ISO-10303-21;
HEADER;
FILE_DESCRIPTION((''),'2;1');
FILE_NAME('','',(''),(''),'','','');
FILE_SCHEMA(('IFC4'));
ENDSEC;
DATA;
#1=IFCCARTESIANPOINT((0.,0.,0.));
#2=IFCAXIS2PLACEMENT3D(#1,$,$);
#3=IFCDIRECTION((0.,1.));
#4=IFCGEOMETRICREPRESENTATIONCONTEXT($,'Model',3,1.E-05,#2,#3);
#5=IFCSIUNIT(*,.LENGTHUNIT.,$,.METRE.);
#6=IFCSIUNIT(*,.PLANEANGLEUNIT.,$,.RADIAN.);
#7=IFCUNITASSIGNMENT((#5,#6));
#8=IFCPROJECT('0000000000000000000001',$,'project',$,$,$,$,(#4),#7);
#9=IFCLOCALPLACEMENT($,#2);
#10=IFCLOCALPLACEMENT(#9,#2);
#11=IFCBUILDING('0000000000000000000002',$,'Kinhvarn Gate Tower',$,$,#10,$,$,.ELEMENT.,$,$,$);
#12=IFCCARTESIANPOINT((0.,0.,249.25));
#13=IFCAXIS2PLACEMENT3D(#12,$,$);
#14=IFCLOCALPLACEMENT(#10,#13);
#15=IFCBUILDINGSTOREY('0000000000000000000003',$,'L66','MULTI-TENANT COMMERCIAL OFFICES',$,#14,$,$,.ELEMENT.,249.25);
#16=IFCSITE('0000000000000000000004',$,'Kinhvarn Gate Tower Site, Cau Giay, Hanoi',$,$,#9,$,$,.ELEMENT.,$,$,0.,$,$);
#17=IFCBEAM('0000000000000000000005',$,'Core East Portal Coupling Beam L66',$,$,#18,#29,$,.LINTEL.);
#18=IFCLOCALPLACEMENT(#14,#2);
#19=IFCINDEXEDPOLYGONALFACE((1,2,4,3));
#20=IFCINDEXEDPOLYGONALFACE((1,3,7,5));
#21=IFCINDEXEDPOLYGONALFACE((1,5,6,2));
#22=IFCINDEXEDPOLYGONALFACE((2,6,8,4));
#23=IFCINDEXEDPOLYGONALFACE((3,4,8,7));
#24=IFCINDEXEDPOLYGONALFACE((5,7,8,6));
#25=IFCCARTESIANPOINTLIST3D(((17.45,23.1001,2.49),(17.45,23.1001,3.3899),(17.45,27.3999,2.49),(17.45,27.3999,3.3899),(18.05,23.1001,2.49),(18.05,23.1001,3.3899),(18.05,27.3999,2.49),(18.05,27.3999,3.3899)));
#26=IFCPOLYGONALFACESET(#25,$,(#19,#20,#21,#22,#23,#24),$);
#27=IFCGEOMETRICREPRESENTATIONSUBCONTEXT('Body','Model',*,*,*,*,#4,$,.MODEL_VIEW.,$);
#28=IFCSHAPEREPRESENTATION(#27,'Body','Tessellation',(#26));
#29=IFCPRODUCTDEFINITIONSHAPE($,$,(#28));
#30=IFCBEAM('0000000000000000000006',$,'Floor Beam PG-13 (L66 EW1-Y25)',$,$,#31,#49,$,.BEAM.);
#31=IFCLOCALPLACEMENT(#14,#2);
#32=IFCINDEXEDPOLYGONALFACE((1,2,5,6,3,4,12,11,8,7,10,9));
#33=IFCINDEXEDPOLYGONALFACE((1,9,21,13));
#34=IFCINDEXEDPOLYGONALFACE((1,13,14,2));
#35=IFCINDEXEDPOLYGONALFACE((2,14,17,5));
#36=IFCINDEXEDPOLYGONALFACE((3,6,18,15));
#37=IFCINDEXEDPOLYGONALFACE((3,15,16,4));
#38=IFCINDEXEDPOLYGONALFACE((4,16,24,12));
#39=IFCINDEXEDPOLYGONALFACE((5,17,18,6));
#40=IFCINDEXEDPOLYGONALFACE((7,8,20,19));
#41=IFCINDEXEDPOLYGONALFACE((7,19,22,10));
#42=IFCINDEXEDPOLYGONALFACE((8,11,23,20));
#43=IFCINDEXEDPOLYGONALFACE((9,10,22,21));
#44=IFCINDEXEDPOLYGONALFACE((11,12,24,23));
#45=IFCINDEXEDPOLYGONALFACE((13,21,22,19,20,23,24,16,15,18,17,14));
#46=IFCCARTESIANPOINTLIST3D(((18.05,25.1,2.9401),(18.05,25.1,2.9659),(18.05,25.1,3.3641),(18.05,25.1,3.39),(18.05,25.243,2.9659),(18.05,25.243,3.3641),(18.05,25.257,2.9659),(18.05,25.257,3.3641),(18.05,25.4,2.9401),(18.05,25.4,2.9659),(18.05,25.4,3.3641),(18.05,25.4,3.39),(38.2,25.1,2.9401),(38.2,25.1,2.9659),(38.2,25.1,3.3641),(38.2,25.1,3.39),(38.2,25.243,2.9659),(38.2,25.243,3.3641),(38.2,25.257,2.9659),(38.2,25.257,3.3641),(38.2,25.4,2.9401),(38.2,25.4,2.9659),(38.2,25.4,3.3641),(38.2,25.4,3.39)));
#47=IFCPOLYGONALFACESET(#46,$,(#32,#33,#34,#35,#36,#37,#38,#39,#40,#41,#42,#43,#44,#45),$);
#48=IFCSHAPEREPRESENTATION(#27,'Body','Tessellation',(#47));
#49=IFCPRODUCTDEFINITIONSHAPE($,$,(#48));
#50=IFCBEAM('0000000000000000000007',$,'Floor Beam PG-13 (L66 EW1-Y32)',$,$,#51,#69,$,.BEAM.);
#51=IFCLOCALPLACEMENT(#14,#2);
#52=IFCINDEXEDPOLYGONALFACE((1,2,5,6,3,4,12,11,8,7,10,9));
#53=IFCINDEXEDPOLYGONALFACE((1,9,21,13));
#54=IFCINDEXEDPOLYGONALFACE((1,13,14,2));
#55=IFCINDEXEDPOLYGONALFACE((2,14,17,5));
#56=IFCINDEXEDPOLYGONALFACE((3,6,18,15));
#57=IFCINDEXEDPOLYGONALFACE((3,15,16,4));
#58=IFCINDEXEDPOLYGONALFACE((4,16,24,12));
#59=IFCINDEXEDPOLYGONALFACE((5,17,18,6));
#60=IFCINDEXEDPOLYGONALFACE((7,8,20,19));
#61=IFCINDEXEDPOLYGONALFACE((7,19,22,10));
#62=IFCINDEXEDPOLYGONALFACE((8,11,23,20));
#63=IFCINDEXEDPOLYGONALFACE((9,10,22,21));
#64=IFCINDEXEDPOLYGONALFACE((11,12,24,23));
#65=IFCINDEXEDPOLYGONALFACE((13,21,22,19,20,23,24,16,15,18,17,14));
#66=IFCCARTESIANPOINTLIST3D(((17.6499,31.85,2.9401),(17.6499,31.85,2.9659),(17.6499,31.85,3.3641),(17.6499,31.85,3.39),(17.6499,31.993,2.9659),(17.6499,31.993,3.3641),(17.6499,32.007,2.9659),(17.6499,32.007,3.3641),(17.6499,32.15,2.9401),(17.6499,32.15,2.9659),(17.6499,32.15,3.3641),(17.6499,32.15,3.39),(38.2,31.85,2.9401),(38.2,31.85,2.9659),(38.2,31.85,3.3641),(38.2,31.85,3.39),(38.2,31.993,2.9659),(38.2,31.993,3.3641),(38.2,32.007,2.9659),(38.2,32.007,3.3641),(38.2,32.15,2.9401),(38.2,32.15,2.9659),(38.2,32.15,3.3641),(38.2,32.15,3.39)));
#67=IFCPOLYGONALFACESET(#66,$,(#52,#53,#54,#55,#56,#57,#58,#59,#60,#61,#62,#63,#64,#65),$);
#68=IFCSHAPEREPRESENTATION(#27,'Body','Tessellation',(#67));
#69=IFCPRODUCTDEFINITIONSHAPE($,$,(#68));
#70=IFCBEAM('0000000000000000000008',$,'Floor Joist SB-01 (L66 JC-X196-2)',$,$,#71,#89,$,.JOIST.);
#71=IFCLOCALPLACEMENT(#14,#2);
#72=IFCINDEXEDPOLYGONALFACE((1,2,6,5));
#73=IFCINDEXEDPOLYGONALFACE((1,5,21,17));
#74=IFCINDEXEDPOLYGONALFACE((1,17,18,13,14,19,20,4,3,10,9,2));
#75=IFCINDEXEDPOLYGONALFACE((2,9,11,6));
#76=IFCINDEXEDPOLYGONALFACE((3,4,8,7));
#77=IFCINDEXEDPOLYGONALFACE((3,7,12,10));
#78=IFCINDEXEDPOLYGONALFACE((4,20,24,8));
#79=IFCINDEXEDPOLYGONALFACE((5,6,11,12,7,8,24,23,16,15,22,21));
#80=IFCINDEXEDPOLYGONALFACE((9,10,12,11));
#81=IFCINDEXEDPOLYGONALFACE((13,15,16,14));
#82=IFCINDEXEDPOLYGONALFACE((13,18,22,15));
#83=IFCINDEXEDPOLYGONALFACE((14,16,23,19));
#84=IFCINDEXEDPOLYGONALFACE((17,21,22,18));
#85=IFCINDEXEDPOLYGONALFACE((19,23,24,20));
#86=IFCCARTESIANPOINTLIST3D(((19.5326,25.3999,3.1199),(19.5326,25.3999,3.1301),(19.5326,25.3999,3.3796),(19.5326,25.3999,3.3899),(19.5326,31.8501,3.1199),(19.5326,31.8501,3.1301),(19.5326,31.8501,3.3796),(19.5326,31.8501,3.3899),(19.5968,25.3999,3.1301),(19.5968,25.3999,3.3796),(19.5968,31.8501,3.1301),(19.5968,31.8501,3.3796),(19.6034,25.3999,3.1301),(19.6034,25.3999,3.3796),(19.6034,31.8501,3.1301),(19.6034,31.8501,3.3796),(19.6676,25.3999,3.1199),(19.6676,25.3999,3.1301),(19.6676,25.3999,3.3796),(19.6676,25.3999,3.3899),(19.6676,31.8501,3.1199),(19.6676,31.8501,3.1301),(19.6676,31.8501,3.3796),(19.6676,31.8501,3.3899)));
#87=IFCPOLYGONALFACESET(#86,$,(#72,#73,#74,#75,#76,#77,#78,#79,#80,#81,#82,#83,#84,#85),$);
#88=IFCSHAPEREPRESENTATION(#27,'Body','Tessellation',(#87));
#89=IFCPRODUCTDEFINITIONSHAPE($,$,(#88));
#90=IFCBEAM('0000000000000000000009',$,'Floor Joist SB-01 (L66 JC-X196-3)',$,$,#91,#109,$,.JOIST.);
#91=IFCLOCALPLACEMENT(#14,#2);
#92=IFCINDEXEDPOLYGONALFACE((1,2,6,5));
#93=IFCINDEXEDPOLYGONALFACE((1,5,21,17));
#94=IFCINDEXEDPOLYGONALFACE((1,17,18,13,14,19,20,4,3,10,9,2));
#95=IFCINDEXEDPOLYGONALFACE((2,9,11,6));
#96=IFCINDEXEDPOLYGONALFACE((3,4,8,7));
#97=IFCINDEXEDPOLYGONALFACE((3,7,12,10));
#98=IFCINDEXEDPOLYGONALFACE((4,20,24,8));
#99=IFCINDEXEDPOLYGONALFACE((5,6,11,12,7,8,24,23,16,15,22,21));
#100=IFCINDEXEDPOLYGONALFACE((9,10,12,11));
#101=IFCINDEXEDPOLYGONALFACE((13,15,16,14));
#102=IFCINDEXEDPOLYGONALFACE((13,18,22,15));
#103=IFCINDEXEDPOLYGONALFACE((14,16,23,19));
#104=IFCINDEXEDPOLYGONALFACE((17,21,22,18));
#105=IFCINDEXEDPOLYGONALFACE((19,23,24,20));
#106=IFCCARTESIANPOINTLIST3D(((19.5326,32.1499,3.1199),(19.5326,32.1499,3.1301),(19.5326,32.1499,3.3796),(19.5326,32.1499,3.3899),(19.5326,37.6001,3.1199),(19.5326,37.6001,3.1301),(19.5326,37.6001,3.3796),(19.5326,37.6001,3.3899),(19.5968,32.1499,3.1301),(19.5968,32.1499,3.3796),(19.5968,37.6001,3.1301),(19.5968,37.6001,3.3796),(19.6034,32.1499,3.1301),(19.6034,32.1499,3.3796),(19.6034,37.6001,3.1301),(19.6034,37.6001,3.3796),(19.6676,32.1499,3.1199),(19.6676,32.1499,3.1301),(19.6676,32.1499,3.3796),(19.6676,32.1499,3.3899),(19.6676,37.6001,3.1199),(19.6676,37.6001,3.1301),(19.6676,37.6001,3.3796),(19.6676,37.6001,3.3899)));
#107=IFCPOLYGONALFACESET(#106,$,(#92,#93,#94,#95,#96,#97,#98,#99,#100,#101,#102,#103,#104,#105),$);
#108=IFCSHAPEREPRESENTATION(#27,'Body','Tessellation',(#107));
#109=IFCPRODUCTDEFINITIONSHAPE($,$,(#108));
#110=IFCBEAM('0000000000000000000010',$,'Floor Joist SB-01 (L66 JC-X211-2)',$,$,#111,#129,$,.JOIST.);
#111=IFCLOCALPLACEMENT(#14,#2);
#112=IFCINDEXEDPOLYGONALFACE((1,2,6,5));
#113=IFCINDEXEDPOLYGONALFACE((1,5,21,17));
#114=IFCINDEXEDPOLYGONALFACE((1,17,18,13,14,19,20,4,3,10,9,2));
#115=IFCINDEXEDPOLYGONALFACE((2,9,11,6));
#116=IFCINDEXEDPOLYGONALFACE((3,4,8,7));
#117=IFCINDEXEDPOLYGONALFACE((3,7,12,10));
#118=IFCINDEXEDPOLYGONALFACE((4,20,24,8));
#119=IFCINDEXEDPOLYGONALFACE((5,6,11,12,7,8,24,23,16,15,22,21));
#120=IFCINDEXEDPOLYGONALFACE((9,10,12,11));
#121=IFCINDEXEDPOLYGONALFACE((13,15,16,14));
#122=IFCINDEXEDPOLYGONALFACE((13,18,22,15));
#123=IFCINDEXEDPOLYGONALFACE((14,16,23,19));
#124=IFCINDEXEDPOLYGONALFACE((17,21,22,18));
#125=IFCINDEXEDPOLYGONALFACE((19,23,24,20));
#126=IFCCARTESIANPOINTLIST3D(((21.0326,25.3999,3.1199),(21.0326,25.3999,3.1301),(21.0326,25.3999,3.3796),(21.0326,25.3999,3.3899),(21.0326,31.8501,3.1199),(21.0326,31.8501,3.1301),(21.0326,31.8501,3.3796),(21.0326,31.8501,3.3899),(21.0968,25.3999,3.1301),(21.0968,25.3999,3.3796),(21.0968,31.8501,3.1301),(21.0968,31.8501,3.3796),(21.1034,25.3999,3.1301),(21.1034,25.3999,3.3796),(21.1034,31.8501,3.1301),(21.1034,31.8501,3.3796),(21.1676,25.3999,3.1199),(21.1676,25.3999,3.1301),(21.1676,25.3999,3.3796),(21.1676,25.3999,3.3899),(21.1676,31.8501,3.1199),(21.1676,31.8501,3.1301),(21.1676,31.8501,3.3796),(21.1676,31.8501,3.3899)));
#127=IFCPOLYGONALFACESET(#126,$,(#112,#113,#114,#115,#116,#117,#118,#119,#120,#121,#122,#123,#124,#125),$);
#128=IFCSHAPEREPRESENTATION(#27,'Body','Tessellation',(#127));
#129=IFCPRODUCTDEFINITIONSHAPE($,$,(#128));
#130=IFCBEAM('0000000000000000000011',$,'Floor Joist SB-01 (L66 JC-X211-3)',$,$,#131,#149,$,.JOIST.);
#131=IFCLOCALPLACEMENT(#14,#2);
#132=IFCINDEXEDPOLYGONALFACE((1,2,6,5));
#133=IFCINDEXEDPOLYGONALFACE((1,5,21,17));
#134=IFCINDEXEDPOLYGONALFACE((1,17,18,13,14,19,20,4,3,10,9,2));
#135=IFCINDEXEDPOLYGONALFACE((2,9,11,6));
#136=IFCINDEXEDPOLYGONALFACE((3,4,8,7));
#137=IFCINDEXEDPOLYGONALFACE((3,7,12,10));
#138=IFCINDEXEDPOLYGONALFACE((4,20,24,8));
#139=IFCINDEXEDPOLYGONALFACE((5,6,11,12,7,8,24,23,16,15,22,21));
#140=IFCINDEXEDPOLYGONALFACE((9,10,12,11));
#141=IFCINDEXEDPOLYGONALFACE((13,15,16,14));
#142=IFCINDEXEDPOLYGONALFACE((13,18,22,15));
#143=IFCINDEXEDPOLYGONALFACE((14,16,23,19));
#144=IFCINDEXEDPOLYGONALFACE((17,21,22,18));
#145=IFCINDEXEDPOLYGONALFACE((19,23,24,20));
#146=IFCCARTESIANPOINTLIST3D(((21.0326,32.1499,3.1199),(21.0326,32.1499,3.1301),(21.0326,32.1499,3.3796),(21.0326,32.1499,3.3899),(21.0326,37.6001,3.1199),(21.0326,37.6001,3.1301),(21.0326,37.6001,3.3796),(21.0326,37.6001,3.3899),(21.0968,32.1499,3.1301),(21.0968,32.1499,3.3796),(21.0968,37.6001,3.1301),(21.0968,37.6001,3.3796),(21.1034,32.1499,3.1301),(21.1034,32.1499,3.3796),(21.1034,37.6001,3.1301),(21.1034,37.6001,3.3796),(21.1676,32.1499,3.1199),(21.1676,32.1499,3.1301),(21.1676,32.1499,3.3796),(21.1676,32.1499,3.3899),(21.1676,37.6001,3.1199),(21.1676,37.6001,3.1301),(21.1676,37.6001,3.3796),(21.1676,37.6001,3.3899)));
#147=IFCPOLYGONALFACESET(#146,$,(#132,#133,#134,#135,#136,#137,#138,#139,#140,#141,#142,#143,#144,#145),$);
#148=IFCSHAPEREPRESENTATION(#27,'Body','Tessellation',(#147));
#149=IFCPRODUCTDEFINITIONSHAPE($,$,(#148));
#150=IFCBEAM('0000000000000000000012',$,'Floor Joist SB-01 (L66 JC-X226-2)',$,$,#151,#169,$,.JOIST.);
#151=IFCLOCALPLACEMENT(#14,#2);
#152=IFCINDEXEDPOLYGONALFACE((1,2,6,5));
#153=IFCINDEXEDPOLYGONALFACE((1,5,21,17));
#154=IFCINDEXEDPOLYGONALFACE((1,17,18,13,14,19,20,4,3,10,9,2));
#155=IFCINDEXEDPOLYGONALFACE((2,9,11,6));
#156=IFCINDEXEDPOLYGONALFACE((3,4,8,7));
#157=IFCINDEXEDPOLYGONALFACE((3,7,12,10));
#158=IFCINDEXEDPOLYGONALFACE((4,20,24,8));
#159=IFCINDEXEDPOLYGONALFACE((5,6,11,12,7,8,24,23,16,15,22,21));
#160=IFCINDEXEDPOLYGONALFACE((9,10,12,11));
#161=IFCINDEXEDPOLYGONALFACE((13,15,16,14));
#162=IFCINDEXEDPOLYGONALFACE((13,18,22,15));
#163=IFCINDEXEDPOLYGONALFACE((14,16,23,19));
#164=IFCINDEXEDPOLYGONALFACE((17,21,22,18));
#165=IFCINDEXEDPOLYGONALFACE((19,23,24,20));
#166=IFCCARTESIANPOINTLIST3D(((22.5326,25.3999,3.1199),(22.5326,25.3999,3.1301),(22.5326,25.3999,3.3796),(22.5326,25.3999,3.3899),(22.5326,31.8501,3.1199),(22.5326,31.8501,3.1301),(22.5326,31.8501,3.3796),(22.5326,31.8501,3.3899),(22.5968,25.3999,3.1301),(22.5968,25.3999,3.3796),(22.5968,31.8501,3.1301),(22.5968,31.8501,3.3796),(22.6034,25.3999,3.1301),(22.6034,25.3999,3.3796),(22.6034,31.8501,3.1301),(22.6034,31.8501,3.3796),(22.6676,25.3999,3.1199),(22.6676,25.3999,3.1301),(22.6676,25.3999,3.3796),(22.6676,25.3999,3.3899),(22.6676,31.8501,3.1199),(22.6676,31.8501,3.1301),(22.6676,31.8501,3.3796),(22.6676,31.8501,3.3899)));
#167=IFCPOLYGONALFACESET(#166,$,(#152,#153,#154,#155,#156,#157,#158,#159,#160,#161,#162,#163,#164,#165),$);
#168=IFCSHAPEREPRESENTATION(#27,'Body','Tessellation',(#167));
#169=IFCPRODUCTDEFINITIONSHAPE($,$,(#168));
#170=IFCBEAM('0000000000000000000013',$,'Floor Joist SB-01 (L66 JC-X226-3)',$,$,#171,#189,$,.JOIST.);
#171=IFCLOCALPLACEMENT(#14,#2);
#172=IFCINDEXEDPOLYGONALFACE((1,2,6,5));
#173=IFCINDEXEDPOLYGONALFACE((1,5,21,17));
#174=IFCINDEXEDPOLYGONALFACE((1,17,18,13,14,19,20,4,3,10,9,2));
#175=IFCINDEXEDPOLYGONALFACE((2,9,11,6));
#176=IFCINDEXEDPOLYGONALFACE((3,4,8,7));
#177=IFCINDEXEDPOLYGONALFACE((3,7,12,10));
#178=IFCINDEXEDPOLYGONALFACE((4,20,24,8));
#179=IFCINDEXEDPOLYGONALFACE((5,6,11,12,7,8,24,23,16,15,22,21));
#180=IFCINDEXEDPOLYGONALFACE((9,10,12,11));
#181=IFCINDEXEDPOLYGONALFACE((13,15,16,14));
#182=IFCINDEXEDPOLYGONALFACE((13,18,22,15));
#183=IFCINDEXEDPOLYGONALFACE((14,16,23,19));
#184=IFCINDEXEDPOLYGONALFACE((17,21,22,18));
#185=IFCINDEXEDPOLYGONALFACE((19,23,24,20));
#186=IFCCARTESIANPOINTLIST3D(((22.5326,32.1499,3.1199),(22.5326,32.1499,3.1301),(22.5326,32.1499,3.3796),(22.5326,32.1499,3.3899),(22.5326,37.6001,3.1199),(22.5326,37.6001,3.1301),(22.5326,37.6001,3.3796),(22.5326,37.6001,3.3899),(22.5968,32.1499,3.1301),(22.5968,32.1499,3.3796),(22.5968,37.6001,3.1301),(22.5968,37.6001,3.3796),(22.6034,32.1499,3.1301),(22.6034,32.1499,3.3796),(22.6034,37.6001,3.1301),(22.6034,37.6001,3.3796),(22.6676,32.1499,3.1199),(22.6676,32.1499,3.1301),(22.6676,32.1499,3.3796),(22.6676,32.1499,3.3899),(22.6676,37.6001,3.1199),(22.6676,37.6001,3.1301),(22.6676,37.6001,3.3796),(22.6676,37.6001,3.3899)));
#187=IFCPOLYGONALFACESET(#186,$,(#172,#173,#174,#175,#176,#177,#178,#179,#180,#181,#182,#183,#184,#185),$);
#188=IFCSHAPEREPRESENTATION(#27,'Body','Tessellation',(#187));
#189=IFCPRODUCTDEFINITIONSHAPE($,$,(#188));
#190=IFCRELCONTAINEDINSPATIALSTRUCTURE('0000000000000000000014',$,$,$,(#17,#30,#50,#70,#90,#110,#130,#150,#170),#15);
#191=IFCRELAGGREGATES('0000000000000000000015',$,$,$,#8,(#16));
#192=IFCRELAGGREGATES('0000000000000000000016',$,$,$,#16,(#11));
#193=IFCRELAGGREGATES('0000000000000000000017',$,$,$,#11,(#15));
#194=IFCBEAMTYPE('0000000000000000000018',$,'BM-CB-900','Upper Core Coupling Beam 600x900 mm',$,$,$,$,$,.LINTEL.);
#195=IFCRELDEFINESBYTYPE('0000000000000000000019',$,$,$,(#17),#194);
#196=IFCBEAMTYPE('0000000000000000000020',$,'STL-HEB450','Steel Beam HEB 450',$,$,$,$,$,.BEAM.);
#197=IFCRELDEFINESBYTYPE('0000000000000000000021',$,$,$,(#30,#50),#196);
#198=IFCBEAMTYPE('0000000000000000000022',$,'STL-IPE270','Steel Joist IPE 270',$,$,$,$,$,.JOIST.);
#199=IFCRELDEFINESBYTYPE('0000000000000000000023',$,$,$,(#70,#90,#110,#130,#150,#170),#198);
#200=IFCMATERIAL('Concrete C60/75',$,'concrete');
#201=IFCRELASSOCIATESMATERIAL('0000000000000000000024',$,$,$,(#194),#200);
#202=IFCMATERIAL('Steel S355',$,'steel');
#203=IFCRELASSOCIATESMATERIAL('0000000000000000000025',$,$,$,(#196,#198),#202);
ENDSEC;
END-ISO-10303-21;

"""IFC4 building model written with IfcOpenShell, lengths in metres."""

from ifc_helpers import new_model, si_unit, direction, frame, origin, origin_2d, place, context, subcontext, project, spatial, rectangle, i_section, extrude, material, material_profile, profile_set, type_object, element, save


model = new_model("IFC4")

# Units and contexts
model_context = context("Model", 3, precision=1e-05, world=origin(), true_north=direction((0.0, 1.0)))
body_context = subcontext(model_context, "Body", "Model", "MODEL_VIEW")
ifc_project = project(units=[si_unit("LENGTHUNIT", "METRE"), si_unit("PLANEANGLEUNIT", "RADIAN")], contexts=[model_context])

# Site, building, storey
site_placement = place(None, origin())
site = spatial("IfcSite", under=ifc_project, at=site_placement, Name="Kinhvarn Gate Tower Site, Cau Giay, Hanoi", CompositionType="ELEMENT", RefElevation=0.0)
building_placement = place(site_placement, origin())
building = spatial("IfcBuilding", under=site, at=building_placement, Name="Kinhvarn Gate Tower", CompositionType="ELEMENT")
storey_placement = place(building_placement, frame((0.0, 0.0, 249.25)))
storey = spatial("IfcBuildingStorey", under=building, at=storey_placement, Name="L66", Description="MULTI-TENANT COMMERCIAL OFFICES", CompositionType="ELEMENT", Elevation=249.25)

# Beams
ifc_material_1 = material(Name="Concrete C60/75", Category="concrete")
ifc_material_profile_1 = material_profile(ifc_material_1, rectangle(XDim=0.6001, YDim=0.8999, at=origin_2d()), Name="RC 600x900")
ifc_profile_set_1 = profile_set([ifc_material_profile_1], Name="Concrete C60/75")
beam_type_1 = type_object("IfcBeamType", Name="BM-CB-900", Description="Upper Core Coupling Beam 600x900 mm", PredefinedType="LINTEL", material=ifc_profile_set_1)
beam_1_placement = place(storey_placement, frame((17.75, 23.1001, 2.9399), z_axis=(0.0, 1.0, 0.0), x_axis=(-1.0, 0.0, 0.0)))
element("IfcBeam", 1, at=beam_1_placement, inside=storey, type_object=beam_type_1, Name="Core East Portal Coupling Beam L66", PredefinedType="LINTEL", context=body_context, shape_type="SweptSolid", body=[
    extrude(rectangle(XDim=0.6001, YDim=0.8999, at=origin_2d()), origin(), (0.0, 0.0, 1.0), 4.2998),
])
ifc_material_2 = material(Name="Steel S355", Category="steel")
ifc_material_profile_2 = material_profile(ifc_material_2, i_section(OverallWidth=0.3, OverallDepth=0.45, WebThickness=0.0139, FlangeThickness=0.0259, at=origin_2d()), Name="HEB 450")
ifc_profile_set_2 = profile_set([ifc_material_profile_2], Name="Steel S355")
beam_type_2 = type_object("IfcBeamType", Name="STL-HEB450", Description="Steel Beam HEB 450", PredefinedType="BEAM", material=ifc_profile_set_2)
beam_2_placement = place(storey_placement, frame((18.05, 25.25, 3.165), z_axis=(1.0, 0.0, 0.0), x_axis=(0.0, 1.0, 0.0)))
element("IfcBeam", 2, at=beam_2_placement, inside=storey, type_object=beam_type_2, Name="Floor Beam PG-13 (L66 EW1-Y25)", PredefinedType="BEAM", context=body_context, shape_type="SweptSolid", body=[
    extrude(i_section(OverallWidth=0.3, OverallDepth=0.45, WebThickness=0.0139, FlangeThickness=0.0259, at=origin_2d()), origin(), (0.0, 0.0, 1.0), 20.1499),
])
beam_3_placement = place(storey_placement, frame((17.6499, 32.0, 3.165), z_axis=(1.0, 0.0, 0.0), x_axis=(0.0, 1.0, 0.0)))
element("IfcBeam", 3, at=beam_3_placement, inside=storey, type_object=beam_type_2, Name="Floor Beam PG-13 (L66 EW1-Y32)", PredefinedType="BEAM", context=body_context, shape_type="SweptSolid", body=[
    extrude(i_section(OverallWidth=0.3, OverallDepth=0.45, WebThickness=0.0139, FlangeThickness=0.0259, at=origin_2d()), origin(), (0.0, 0.0, 1.0), 20.55),
])
ifc_material_profile_3 = material_profile(ifc_material_2, i_section(OverallWidth=0.135, OverallDepth=0.27, WebThickness=0.0066, FlangeThickness=0.0103, at=origin_2d()), Name="IPE 270")
ifc_profile_set_3 = profile_set([ifc_material_profile_3], Name="Steel S355")
beam_type_3 = type_object("IfcBeamType", Name="STL-IPE270", Description="Steel Joist IPE 270", PredefinedType="JOIST", material=ifc_profile_set_3)
beam_4_placement = place(storey_placement, frame((19.6001, 25.3999, 3.2549), z_axis=(0.0, 1.0, 0.0), x_axis=(-1.0, 0.0, 0.0)))
element("IfcBeam", 4, at=beam_4_placement, inside=storey, type_object=beam_type_3, Name="Floor Joist SB-01 (L66 JC-X196-2)", PredefinedType="JOIST", context=body_context, shape_type="SweptSolid", body=[
    extrude(i_section(OverallWidth=0.135, OverallDepth=0.27, WebThickness=0.0066, FlangeThickness=0.0103, at=origin_2d()), origin(), (0.0, 0.0, 1.0), 6.4502),
])
beam_5_placement = place(storey_placement, frame((19.6001, 32.1499, 3.2549), z_axis=(0.0, 1.0, 0.0), x_axis=(-1.0, 0.0, 0.0)))
element("IfcBeam", 5, at=beam_5_placement, inside=storey, type_object=beam_type_3, Name="Floor Joist SB-01 (L66 JC-X196-3)", PredefinedType="JOIST", context=body_context, shape_type="SweptSolid", body=[
    extrude(i_section(OverallWidth=0.135, OverallDepth=0.27, WebThickness=0.0066, FlangeThickness=0.0103, at=origin_2d()), origin(), (0.0, 0.0, 1.0), 5.4502),
])
beam_6_placement = place(storey_placement, frame((21.1001, 25.3999, 3.2549), z_axis=(0.0, 1.0, 0.0), x_axis=(-1.0, 0.0, 0.0)))
element("IfcBeam", 6, at=beam_6_placement, inside=storey, type_object=beam_type_3, Name="Floor Joist SB-01 (L66 JC-X211-2)", PredefinedType="JOIST", context=body_context, shape_type="SweptSolid", body=[
    extrude(i_section(OverallWidth=0.135, OverallDepth=0.27, WebThickness=0.0066, FlangeThickness=0.0103, at=origin_2d()), origin(), (0.0, 0.0, 1.0), 6.4502),
])
beam_7_placement = place(storey_placement, frame((21.1001, 32.1499, 3.2549), z_axis=(0.0, 1.0, 0.0), x_axis=(-1.0, 0.0, 0.0)))
element("IfcBeam", 7, at=beam_7_placement, inside=storey, type_object=beam_type_3, Name="Floor Joist SB-01 (L66 JC-X211-3)", PredefinedType="JOIST", context=body_context, shape_type="SweptSolid", body=[
    extrude(i_section(OverallWidth=0.135, OverallDepth=0.27, WebThickness=0.0066, FlangeThickness=0.0103, at=origin_2d()), origin(), (0.0, 0.0, 1.0), 5.4502),
])
beam_8_placement = place(storey_placement, frame((22.6001, 25.3999, 3.2549), z_axis=(0.0, 1.0, 0.0), x_axis=(-1.0, 0.0, 0.0)))
element("IfcBeam", 8, at=beam_8_placement, inside=storey, type_object=beam_type_3, Name="Floor Joist SB-01 (L66 JC-X226-2)", PredefinedType="JOIST", context=body_context, shape_type="SweptSolid", body=[
    extrude(i_section(OverallWidth=0.135, OverallDepth=0.27, WebThickness=0.0066, FlangeThickness=0.0103, at=origin_2d()), origin(), (0.0, 0.0, 1.0), 6.4502),
])
beam_9_placement = place(storey_placement, frame((22.6001, 32.1499, 3.2549), z_axis=(0.0, 1.0, 0.0), x_axis=(-1.0, 0.0, 0.0)))
element("IfcBeam", 9, at=beam_9_placement, inside=storey, type_object=beam_type_3, Name="Floor Joist SB-01 (L66 JC-X226-3)", PredefinedType="JOIST", context=body_context, shape_type="SweptSolid", body=[
    extrude(i_section(OverallWidth=0.135, OverallDepth=0.27, WebThickness=0.0066, FlangeThickness=0.0103, at=origin_2d()), origin(), (0.0, 0.0, 1.0), 5.4502),
])

save(model, "model.ifc")
